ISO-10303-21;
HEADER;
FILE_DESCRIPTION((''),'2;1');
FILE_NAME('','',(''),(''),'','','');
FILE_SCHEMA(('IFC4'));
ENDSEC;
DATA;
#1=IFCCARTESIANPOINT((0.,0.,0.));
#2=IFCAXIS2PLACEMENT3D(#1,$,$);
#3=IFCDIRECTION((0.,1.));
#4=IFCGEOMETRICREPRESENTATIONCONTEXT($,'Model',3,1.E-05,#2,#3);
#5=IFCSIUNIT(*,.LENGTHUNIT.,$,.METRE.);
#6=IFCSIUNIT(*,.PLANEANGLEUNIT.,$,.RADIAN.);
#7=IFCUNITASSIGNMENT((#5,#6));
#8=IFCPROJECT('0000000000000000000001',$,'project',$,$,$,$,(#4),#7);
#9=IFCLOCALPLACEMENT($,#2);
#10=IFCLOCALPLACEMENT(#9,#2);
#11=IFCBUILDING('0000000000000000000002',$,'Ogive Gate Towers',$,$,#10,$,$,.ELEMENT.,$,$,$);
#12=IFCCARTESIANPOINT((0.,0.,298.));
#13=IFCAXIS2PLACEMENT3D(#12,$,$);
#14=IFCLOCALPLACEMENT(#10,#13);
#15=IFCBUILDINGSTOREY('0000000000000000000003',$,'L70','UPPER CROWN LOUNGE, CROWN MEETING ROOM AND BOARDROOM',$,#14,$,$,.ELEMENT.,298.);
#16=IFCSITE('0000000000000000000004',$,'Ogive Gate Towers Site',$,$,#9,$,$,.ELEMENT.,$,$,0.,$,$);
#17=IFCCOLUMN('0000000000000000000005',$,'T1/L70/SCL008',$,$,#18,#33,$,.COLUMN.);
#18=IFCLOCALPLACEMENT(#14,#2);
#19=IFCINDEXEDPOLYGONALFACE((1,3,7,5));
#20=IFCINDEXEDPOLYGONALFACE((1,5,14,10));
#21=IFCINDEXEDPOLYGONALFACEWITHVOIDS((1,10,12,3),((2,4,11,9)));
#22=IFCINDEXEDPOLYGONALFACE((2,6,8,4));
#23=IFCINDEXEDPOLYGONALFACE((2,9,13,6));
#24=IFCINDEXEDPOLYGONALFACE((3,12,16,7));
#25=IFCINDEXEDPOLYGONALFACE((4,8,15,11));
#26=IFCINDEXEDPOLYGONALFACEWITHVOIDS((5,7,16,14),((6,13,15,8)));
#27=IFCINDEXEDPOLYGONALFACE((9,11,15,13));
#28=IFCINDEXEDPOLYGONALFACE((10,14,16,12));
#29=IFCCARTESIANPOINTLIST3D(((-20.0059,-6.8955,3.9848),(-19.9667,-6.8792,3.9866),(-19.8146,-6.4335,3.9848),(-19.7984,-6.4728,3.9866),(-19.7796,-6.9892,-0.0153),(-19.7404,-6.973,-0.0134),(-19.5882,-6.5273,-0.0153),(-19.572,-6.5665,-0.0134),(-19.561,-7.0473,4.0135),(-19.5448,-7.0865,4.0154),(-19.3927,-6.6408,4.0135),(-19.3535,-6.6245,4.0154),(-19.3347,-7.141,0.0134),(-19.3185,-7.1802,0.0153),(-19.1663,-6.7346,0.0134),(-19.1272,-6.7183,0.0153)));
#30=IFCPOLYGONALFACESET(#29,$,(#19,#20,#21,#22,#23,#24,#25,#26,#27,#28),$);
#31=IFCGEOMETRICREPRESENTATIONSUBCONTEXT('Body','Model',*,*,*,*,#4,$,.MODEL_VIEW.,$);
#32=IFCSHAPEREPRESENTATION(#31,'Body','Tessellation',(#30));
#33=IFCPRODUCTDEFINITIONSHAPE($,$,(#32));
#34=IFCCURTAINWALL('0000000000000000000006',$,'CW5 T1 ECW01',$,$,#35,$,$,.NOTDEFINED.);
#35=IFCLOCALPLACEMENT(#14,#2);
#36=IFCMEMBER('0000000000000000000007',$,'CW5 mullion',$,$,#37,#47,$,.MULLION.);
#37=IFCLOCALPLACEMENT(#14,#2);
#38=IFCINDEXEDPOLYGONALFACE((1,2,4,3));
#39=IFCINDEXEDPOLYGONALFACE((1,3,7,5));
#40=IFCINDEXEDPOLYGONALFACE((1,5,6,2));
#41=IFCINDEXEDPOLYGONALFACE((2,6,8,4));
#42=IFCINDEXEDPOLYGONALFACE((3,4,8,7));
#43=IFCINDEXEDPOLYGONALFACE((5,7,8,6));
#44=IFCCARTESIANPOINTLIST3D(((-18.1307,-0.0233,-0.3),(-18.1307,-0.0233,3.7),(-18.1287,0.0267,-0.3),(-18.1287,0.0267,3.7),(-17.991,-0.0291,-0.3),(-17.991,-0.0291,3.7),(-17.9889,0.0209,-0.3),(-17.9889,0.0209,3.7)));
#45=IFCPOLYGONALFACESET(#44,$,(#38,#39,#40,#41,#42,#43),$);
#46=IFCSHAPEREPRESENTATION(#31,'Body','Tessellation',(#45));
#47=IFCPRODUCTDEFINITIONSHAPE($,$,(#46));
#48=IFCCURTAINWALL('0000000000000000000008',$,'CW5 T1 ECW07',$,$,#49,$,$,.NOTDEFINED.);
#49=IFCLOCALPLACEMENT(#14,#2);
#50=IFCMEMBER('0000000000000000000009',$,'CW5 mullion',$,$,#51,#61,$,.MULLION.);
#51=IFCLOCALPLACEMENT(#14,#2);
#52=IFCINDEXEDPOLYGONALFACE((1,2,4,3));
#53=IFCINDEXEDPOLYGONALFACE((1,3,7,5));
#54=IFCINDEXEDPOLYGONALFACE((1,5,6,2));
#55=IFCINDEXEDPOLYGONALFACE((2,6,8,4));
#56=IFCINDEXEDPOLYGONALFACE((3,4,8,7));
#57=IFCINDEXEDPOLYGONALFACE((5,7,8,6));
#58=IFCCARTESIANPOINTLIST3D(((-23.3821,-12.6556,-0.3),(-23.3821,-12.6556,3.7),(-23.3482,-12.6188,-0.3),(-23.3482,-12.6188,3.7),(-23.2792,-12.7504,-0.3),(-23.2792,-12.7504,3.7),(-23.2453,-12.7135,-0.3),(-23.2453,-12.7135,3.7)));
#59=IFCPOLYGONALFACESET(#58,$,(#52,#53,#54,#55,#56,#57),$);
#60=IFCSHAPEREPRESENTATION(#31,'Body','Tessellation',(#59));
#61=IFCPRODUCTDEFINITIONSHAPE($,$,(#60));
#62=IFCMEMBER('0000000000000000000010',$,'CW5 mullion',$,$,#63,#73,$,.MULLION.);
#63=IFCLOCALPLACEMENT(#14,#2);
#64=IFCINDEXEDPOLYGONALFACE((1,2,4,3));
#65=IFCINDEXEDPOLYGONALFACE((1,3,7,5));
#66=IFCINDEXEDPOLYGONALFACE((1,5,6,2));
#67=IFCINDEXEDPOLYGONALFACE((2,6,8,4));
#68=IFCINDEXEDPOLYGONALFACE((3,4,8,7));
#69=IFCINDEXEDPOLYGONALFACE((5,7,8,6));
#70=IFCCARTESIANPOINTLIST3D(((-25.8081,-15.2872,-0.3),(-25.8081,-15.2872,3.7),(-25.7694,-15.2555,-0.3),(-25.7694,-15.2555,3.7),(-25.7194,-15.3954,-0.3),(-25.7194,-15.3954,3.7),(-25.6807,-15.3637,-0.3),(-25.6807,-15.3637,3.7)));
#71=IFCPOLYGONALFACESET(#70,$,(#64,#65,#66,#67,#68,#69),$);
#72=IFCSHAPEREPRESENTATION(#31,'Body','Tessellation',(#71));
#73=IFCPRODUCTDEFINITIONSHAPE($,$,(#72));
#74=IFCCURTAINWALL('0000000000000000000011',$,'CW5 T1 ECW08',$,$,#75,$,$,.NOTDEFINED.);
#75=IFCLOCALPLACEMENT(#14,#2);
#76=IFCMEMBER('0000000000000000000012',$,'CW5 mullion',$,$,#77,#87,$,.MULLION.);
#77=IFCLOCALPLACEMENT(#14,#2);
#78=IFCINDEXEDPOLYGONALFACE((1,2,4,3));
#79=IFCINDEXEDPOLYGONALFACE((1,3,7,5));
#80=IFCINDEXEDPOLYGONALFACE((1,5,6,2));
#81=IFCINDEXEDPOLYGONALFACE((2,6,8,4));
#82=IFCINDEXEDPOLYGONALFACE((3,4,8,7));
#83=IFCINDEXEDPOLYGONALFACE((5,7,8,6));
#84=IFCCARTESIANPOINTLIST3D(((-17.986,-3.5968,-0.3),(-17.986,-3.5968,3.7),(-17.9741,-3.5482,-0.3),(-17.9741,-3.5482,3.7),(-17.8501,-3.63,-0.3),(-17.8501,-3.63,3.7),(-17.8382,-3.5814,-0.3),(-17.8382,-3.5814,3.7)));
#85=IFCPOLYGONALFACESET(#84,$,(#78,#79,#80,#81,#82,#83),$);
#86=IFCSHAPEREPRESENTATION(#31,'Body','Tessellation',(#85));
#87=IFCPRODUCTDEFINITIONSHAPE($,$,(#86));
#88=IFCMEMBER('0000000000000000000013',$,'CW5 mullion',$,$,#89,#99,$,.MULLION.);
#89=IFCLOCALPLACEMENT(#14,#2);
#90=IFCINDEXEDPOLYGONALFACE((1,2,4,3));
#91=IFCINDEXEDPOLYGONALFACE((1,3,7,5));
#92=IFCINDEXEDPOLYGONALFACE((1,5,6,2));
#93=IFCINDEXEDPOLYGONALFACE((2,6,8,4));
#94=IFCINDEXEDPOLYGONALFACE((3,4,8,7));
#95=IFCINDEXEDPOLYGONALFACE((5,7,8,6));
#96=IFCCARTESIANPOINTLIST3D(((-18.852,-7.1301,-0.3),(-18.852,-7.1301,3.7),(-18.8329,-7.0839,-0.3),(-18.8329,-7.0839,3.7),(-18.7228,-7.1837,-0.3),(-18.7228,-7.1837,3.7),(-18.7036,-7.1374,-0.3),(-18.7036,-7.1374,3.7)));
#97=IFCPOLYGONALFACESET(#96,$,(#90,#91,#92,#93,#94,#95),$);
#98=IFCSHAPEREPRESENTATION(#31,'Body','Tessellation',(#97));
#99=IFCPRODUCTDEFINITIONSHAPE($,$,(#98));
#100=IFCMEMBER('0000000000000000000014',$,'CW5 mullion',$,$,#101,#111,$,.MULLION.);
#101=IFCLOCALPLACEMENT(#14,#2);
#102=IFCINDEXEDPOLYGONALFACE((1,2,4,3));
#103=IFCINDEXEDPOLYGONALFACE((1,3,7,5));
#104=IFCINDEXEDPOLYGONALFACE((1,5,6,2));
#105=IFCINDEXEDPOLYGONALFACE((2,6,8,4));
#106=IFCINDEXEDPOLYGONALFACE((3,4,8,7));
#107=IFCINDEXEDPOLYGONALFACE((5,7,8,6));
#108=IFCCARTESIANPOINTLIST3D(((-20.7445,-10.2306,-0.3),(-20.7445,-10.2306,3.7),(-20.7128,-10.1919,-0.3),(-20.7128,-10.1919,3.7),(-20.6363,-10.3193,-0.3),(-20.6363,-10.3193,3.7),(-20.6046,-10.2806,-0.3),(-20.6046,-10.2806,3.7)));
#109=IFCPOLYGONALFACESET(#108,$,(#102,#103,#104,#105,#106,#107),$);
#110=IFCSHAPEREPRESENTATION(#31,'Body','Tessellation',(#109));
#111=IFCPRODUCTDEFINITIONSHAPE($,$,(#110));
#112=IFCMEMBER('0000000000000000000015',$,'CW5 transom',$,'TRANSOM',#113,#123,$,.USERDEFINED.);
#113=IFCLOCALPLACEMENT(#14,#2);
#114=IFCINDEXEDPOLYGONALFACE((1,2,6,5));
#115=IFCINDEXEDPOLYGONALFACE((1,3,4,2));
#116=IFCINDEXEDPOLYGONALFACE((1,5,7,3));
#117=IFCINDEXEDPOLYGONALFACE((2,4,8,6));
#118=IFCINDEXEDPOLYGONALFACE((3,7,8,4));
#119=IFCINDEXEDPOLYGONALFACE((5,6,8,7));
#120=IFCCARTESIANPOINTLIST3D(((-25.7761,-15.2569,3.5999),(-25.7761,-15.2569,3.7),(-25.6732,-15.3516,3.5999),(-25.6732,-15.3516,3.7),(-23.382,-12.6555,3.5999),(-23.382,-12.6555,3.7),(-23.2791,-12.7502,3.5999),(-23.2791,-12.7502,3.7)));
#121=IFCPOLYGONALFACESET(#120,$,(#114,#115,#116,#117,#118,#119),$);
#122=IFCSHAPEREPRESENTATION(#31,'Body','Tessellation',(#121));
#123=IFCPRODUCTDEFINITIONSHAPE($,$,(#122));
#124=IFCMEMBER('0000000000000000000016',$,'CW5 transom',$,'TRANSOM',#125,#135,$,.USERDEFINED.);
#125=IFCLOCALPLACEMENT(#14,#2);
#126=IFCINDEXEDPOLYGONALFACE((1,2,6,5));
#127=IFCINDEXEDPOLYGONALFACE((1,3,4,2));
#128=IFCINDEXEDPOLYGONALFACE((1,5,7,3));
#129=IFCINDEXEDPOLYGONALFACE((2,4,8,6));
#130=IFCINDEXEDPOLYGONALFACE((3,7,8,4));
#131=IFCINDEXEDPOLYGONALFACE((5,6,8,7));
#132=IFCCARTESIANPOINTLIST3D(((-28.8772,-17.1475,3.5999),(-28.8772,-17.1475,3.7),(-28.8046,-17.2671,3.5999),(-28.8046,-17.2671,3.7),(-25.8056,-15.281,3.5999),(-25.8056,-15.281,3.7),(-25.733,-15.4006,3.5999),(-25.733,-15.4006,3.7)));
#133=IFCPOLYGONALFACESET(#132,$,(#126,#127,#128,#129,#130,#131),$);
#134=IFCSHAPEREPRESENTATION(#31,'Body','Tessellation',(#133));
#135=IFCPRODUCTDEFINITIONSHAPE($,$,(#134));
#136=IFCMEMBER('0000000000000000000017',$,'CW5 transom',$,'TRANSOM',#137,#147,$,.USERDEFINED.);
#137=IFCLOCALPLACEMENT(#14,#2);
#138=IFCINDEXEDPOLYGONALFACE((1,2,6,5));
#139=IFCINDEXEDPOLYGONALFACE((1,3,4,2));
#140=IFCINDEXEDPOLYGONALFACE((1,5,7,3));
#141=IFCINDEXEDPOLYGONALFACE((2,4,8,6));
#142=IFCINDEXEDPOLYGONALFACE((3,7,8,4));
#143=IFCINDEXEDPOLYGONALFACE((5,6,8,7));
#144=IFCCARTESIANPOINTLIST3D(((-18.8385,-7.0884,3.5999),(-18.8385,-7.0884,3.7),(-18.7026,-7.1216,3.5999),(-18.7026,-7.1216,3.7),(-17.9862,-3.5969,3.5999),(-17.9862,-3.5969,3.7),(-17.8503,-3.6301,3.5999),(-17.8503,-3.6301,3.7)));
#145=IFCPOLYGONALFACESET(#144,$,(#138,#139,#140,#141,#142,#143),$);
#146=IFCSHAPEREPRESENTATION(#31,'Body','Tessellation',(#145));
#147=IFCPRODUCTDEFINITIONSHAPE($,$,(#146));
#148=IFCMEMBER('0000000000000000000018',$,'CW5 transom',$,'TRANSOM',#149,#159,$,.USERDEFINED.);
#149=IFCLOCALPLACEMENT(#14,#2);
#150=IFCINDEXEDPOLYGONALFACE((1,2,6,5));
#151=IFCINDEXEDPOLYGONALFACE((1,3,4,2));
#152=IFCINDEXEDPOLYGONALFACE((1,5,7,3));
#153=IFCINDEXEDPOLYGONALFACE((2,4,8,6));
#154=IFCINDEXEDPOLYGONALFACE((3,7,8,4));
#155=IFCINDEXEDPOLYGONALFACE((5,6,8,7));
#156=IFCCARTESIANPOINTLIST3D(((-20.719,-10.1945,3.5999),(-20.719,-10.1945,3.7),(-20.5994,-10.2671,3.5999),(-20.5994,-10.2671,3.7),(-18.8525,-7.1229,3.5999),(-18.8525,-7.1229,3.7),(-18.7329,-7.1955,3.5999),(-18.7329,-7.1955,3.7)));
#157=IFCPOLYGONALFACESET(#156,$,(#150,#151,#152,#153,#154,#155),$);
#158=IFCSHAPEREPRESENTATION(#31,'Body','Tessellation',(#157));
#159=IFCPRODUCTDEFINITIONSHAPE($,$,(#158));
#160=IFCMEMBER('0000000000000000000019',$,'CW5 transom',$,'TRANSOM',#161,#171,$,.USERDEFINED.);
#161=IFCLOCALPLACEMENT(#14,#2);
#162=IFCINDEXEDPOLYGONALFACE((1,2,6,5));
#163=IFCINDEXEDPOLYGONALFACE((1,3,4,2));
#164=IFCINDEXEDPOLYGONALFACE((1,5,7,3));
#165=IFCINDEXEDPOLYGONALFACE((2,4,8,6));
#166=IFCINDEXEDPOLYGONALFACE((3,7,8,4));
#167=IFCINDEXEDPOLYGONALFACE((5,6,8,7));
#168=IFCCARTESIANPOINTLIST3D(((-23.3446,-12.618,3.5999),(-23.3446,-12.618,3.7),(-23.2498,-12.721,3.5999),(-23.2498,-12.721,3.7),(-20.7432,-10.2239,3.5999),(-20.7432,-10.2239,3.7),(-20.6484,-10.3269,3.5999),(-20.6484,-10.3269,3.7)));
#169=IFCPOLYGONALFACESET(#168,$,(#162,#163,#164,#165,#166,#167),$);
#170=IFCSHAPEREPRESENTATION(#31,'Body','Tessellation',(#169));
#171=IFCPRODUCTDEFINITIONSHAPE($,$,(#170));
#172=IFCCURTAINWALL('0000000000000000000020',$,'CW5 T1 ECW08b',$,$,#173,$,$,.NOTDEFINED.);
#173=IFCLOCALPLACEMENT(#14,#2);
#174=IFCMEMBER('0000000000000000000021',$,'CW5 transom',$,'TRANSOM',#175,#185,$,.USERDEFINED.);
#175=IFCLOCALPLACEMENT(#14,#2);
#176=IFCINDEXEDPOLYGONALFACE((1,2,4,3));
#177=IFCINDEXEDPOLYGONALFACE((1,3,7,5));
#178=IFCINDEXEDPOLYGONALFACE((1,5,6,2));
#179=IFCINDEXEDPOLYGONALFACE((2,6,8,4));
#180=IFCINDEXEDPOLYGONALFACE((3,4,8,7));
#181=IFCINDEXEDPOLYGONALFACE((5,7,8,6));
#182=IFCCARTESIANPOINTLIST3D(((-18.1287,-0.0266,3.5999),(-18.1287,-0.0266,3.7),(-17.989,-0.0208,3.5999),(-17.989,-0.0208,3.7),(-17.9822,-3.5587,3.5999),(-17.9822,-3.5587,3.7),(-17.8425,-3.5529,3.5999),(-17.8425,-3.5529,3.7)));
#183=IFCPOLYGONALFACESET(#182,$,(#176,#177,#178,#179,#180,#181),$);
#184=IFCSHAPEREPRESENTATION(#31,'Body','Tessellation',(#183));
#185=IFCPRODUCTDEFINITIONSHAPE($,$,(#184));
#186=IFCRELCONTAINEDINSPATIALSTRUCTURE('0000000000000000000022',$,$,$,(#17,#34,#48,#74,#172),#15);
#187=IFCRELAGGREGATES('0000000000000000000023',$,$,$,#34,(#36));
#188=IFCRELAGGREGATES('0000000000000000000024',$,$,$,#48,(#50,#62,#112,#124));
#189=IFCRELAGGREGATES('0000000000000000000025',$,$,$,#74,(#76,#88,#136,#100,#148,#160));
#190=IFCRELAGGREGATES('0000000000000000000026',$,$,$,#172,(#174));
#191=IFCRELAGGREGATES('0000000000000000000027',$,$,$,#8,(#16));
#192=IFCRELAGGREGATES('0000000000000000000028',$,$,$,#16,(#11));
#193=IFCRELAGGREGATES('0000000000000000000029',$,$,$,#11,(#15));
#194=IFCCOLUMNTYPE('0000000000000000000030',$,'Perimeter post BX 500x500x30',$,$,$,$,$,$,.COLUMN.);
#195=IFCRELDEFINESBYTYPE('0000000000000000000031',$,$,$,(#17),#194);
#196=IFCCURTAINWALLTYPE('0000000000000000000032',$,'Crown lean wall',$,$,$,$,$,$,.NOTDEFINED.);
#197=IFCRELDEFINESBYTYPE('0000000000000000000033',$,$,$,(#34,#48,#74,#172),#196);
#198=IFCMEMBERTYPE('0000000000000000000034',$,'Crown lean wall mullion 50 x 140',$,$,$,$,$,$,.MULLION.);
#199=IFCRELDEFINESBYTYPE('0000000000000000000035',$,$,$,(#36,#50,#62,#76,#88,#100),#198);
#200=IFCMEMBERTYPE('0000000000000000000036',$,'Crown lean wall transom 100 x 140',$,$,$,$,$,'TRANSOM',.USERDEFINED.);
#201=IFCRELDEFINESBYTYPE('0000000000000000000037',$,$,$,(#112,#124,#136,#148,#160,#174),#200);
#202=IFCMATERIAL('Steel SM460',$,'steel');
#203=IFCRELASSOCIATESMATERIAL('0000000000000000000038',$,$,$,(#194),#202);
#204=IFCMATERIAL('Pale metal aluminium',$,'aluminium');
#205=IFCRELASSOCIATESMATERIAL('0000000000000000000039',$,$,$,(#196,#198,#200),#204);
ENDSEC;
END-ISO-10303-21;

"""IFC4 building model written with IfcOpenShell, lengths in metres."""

from ifc_helpers import new_model, si_unit, direction, frame, origin, origin_2d, place, context, subcontext, project, spatial, rectangle, hollow_rectangle, extrude, material, material_profile, profile_set, type_object, element, aggregate, save


model = new_model("IFC4")

# Units and contexts
model_context = context("Model", 3, precision=1e-05, world=origin(), true_north=direction((0.0, 1.0)))
body_context = subcontext(model_context, "Body", "Model", "MODEL_VIEW")
ifc_project = project(units=[si_unit("LENGTHUNIT", "METRE"), si_unit("PLANEANGLEUNIT", "RADIAN")], contexts=[model_context])

# Site, building, storey
site_placement = place(None, origin())
site = spatial("IfcSite", under=ifc_project, at=site_placement, Name="Ogive Gate Towers Site", CompositionType="ELEMENT", RefElevation=0.0)
building_placement = place(site_placement, origin())
building = spatial("IfcBuilding", under=site, at=building_placement, Name="Ogive Gate Towers", CompositionType="ELEMENT")
storey_placement = place(building_placement, frame((0.0, 0.0, 298.0)))
storey = spatial("IfcBuildingStorey", under=building, at=storey_placement, Name="L70", Description="UPPER CROWN LOUNGE, CROWN MEETING ROOM AND BOARDROOM", CompositionType="ELEMENT", Elevation=298.0)

# Column
ifc_material_1 = material(Name="Steel SM460", Category="steel")
ifc_material_profile_1 = material_profile(ifc_material_1, hollow_rectangle(XDim=0.5, YDim=0.5, WallThickness=0.03, at=origin_2d()), Name="BX 500x500x30")
ifc_profile_set_1 = profile_set([ifc_material_profile_1], Name="Steel SM460")
column_type = type_object("IfcColumnType", Name="Perimeter post BX 500x500x30", PredefinedType="COLUMN", material=ifc_profile_set_1)
column_placement = place(storey_placement, frame((-19.4534, -6.8538, 0.0), z_axis=(-0.056474, 0.023394, 0.99813), x_axis=(-0.382704, -0.923871, 0.0)))
element("IfcColumn", 1, at=column_placement, inside=storey, type_object=column_type, Name="T1/L70/SCL008", PredefinedType="COLUMN", context=body_context, shape_type="SweptSolid", body=[
    extrude(hollow_rectangle(XDim=0.5, YDim=0.5, WallThickness=0.03, at=origin_2d()), origin(), (0.0, 0.0, 1.0), 4.0076),
])

# Curtain wall, member
ifc_material_2 = material(Name="Pale metal aluminium", Category="aluminium")
curtain_wall_type = type_object("IfcCurtainWallType", Name="Crown lean wall", PredefinedType="NOTDEFINED", material=ifc_material_2)
curtain_wall_1_placement = place(storey_placement, origin())
curtain_wall_1 = element("IfcCurtainWall", 2, at=curtain_wall_1_placement, inside=storey, type_object=curtain_wall_type, Name="CW5 T1 ECW01", PredefinedType="NOTDEFINED")
ifc_material_profile_2 = material_profile(ifc_material_2, rectangle(XDim=0.1399, YDim=0.05, at=origin_2d()), Name="50 x 140 aluminium box")
ifc_profile_set_2 = profile_set([ifc_material_profile_2], Name="Pale metal aluminium")
member_type_1 = type_object("IfcMemberType", Name="Crown lean wall mullion 50 x 140", PredefinedType="MULLION", material=ifc_profile_set_2)
member_1_placement = place(storey_placement, frame((-18.0598, -0.0012, -0.3), z_axis=(0.0, 0.0, 1.0), x_axis=(-0.999141, 0.04144, 0.0)))
member_1 = element("IfcMember", 3, at=member_1_placement, type_object=member_type_1, Name="CW5 mullion", PredefinedType="MULLION", context=body_context, shape_type="SweptSolid", body=[
    extrude(rectangle(XDim=0.1399, YDim=0.05, at=origin_2d()), origin(), (0.0, 0.0, 1.0), 4.0),
])
aggregate(curtain_wall_1, [member_1])

# Curtain walls, members
curtain_wall_2_placement = place(storey_placement, origin())
curtain_wall_2 = element("IfcCurtainWall", 4, at=curtain_wall_2_placement, inside=storey, type_object=curtain_wall_type, Name="CW5 T1 ECW07", PredefinedType="NOTDEFINED")
member_2_placement = place(storey_placement, frame((-23.3137, -12.6846, -0.3), z_axis=(0.0, 0.0, 1.0), x_axis=(-0.735813, 0.677184, 0.0)))
member_2 = element("IfcMember", 5, at=member_2_placement, type_object=member_type_1, Name="CW5 mullion", PredefinedType="MULLION", context=body_context, shape_type="SweptSolid", body=[
    extrude(rectangle(XDim=0.1399, YDim=0.05, at=origin_2d()), origin(), (0.0, 0.0, 1.0), 4.0),
])
member_3_placement = place(storey_placement, frame((-25.7444, -15.3254, -0.3), z_axis=(0.0, 0.0, 1.0), x_axis=(-0.633772, 0.77352, 0.0)))
member_3 = element("IfcMember", 6, at=member_3_placement, type_object=member_type_1, Name="CW5 mullion", PredefinedType="MULLION", context=body_context, shape_type="SweptSolid", body=[
    extrude(rectangle(XDim=0.1399, YDim=0.05, at=origin_2d()), origin(), (0.0, 0.0, 1.0), 4.0),
])
curtain_wall_3_placement = place(storey_placement, origin())
curtain_wall_3 = element("IfcCurtainWall", 7, at=curtain_wall_3_placement, inside=storey, type_object=curtain_wall_type, Name="CW5 T1 ECW08", PredefinedType="NOTDEFINED")
member_4_placement = place(storey_placement, frame((-17.9121, -3.5891, -0.3), z_axis=(0.0, 0.0, 1.0), x_axis=(-0.971471, 0.23716, 0.0)))
member_4 = element("IfcMember", 8, at=member_4_placement, type_object=member_type_1, Name="CW5 mullion", PredefinedType="MULLION", context=body_context, shape_type="SweptSolid", body=[
    extrude(rectangle(XDim=0.1399, YDim=0.05, at=origin_2d()), origin(), (0.0, 0.0, 1.0), 4.0),
])
member_5_placement = place(storey_placement, frame((-18.7778, -7.1338, -0.3), z_axis=(0.0, 0.0, 1.0), x_axis=(-0.92388, 0.382683, 0.0)))
member_5 = element("IfcMember", 9, at=member_5_placement, type_object=member_type_1, Name="CW5 mullion", PredefinedType="MULLION", context=body_context, shape_type="SweptSolid", body=[
    extrude(rectangle(XDim=0.1399, YDim=0.05, at=origin_2d()), origin(), (0.0, 0.0, 1.0), 4.0),
])
member_6_placement = place(storey_placement, frame((-20.6746, -10.2556, -0.3), z_axis=(0.0, 0.0, 1.0), x_axis=(-0.77352, 0.633772, 0.0)))
member_6 = element("IfcMember", 10, at=member_6_placement, type_object=member_type_1, Name="CW5 mullion", PredefinedType="MULLION", context=body_context, shape_type="SweptSolid", body=[
    extrude(rectangle(XDim=0.1399, YDim=0.05, at=origin_2d()), origin(), (0.0, 0.0, 1.0), 4.0),
])

# Members
ifc_material_profile_3 = material_profile(ifc_material_2, rectangle(XDim=0.1399, YDim=0.1001, at=origin_2d()), Name="100 x 140 aluminium box")
ifc_profile_set_3 = profile_set([ifc_material_profile_3], Name="Pale metal aluminium")
member_type_2 = type_object("IfcMemberType", Name="Crown lean wall transom 100 x 140", ElementType="TRANSOM", PredefinedType="USERDEFINED", material=ifc_profile_set_3)
member_7_placement = place(storey_placement, frame((-23.3306, -12.7029, 3.6499), z_axis=(-0.677184, -0.735814, 0.0), x_axis=(0.735814, -0.677184, 0.0)))
member_7 = element("IfcMember", 11, at=member_7_placement, type_object=member_type_2, Name="CW5 transom", ObjectType="TRANSOM", PredefinedType="USERDEFINED", context=body_context, shape_type="SweptSolid", body=[
    extrude(rectangle(XDim=0.1399, YDim=0.1001, at=origin_2d()), origin(), (0.0, 0.0, 1.0), 3.5354),
])
member_8_placement = place(storey_placement, frame((-25.7693, -15.3408, 3.6499), z_axis=(-0.854591, -0.519302, 0.0), x_axis=(0.519302, -0.854591, 0.0)))
member_8 = element("IfcMember", 12, at=member_8_placement, type_object=member_type_2, Name="CW5 transom", ObjectType="TRANSOM", PredefinedType="USERDEFINED", context=body_context, shape_type="SweptSolid", body=[
    extrude(rectangle(XDim=0.1399, YDim=0.1001, at=origin_2d()), origin(), (0.0, 0.0, 1.0), 3.5942),
])
member_9_placement = place(storey_placement, frame((-17.9182, -3.6135, 3.6499), z_axis=(-0.237145, -0.971474, 0.0), x_axis=(0.971474, -0.237145, 0.0)))
member_9 = element("IfcMember", 13, at=member_9_placement, type_object=member_type_2, Name="CW5 transom", ObjectType="TRANSOM", PredefinedType="USERDEFINED", context=body_context, shape_type="SweptSolid", body=[
    extrude(rectangle(XDim=0.1399, YDim=0.1001, at=origin_2d()), origin(), (0.0, 0.0, 1.0), 3.594),
])
member_10_placement = place(storey_placement, frame((-18.7927, -7.1592, 3.6499), z_axis=(-0.519302, -0.854591, 0.0), x_axis=(0.854591, -0.519302, 0.0)))
member_10 = element("IfcMember", 14, at=member_10_placement, type_object=member_type_2, Name="CW5 transom", ObjectType="TRANSOM", PredefinedType="USERDEFINED", context=body_context, shape_type="SweptSolid", body=[
    extrude(rectangle(XDim=0.1399, YDim=0.1001, at=origin_2d()), origin(), (0.0, 0.0, 1.0), 3.5942),
])
member_11_placement = place(storey_placement, frame((-20.6958, -10.2754, 3.6499), z_axis=(-0.735814, -0.677184, 0.0), x_axis=(0.677184, -0.735814, 0.0)))
member_11 = element("IfcMember", 15, at=member_11_placement, type_object=member_type_2, Name="CW5 transom", ObjectType="TRANSOM", PredefinedType="USERDEFINED", context=body_context, shape_type="SweptSolid", body=[
    extrude(rectangle(XDim=0.1399, YDim=0.1001, at=origin_2d()), origin(), (0.0, 0.0, 1.0), 3.5354),
])

# Curtain wall, member
curtain_wall_4_placement = place(storey_placement, origin())
curtain_wall_4 = element("IfcCurtainWall", 16, at=curtain_wall_4_placement, inside=storey, type_object=curtain_wall_type, Name="CW5 T1 ECW08b", PredefinedType="NOTDEFINED")
member_12_placement = place(storey_placement, frame((-18.0588, -0.0237, 3.6499), z_axis=(0.041435, -0.999141, 0.0), x_axis=(0.999141, 0.041435, 0.0)))
member_12 = element("IfcMember", 17, at=member_12_placement, type_object=member_type_2, Name="CW5 transom", ObjectType="TRANSOM", PredefinedType="USERDEFINED", context=body_context, shape_type="SweptSolid", body=[
    extrude(rectangle(XDim=0.1399, YDim=0.1001, at=origin_2d()), origin(), (0.0, 0.0, 1.0), 3.5352),
])

aggregate(curtain_wall_2, [member_2, member_3, member_7, member_8])
aggregate(curtain_wall_3, [member_4, member_5, member_9, member_6, member_10, member_11])
aggregate(curtain_wall_4, [member_12])

save(model, "model.ifc")
